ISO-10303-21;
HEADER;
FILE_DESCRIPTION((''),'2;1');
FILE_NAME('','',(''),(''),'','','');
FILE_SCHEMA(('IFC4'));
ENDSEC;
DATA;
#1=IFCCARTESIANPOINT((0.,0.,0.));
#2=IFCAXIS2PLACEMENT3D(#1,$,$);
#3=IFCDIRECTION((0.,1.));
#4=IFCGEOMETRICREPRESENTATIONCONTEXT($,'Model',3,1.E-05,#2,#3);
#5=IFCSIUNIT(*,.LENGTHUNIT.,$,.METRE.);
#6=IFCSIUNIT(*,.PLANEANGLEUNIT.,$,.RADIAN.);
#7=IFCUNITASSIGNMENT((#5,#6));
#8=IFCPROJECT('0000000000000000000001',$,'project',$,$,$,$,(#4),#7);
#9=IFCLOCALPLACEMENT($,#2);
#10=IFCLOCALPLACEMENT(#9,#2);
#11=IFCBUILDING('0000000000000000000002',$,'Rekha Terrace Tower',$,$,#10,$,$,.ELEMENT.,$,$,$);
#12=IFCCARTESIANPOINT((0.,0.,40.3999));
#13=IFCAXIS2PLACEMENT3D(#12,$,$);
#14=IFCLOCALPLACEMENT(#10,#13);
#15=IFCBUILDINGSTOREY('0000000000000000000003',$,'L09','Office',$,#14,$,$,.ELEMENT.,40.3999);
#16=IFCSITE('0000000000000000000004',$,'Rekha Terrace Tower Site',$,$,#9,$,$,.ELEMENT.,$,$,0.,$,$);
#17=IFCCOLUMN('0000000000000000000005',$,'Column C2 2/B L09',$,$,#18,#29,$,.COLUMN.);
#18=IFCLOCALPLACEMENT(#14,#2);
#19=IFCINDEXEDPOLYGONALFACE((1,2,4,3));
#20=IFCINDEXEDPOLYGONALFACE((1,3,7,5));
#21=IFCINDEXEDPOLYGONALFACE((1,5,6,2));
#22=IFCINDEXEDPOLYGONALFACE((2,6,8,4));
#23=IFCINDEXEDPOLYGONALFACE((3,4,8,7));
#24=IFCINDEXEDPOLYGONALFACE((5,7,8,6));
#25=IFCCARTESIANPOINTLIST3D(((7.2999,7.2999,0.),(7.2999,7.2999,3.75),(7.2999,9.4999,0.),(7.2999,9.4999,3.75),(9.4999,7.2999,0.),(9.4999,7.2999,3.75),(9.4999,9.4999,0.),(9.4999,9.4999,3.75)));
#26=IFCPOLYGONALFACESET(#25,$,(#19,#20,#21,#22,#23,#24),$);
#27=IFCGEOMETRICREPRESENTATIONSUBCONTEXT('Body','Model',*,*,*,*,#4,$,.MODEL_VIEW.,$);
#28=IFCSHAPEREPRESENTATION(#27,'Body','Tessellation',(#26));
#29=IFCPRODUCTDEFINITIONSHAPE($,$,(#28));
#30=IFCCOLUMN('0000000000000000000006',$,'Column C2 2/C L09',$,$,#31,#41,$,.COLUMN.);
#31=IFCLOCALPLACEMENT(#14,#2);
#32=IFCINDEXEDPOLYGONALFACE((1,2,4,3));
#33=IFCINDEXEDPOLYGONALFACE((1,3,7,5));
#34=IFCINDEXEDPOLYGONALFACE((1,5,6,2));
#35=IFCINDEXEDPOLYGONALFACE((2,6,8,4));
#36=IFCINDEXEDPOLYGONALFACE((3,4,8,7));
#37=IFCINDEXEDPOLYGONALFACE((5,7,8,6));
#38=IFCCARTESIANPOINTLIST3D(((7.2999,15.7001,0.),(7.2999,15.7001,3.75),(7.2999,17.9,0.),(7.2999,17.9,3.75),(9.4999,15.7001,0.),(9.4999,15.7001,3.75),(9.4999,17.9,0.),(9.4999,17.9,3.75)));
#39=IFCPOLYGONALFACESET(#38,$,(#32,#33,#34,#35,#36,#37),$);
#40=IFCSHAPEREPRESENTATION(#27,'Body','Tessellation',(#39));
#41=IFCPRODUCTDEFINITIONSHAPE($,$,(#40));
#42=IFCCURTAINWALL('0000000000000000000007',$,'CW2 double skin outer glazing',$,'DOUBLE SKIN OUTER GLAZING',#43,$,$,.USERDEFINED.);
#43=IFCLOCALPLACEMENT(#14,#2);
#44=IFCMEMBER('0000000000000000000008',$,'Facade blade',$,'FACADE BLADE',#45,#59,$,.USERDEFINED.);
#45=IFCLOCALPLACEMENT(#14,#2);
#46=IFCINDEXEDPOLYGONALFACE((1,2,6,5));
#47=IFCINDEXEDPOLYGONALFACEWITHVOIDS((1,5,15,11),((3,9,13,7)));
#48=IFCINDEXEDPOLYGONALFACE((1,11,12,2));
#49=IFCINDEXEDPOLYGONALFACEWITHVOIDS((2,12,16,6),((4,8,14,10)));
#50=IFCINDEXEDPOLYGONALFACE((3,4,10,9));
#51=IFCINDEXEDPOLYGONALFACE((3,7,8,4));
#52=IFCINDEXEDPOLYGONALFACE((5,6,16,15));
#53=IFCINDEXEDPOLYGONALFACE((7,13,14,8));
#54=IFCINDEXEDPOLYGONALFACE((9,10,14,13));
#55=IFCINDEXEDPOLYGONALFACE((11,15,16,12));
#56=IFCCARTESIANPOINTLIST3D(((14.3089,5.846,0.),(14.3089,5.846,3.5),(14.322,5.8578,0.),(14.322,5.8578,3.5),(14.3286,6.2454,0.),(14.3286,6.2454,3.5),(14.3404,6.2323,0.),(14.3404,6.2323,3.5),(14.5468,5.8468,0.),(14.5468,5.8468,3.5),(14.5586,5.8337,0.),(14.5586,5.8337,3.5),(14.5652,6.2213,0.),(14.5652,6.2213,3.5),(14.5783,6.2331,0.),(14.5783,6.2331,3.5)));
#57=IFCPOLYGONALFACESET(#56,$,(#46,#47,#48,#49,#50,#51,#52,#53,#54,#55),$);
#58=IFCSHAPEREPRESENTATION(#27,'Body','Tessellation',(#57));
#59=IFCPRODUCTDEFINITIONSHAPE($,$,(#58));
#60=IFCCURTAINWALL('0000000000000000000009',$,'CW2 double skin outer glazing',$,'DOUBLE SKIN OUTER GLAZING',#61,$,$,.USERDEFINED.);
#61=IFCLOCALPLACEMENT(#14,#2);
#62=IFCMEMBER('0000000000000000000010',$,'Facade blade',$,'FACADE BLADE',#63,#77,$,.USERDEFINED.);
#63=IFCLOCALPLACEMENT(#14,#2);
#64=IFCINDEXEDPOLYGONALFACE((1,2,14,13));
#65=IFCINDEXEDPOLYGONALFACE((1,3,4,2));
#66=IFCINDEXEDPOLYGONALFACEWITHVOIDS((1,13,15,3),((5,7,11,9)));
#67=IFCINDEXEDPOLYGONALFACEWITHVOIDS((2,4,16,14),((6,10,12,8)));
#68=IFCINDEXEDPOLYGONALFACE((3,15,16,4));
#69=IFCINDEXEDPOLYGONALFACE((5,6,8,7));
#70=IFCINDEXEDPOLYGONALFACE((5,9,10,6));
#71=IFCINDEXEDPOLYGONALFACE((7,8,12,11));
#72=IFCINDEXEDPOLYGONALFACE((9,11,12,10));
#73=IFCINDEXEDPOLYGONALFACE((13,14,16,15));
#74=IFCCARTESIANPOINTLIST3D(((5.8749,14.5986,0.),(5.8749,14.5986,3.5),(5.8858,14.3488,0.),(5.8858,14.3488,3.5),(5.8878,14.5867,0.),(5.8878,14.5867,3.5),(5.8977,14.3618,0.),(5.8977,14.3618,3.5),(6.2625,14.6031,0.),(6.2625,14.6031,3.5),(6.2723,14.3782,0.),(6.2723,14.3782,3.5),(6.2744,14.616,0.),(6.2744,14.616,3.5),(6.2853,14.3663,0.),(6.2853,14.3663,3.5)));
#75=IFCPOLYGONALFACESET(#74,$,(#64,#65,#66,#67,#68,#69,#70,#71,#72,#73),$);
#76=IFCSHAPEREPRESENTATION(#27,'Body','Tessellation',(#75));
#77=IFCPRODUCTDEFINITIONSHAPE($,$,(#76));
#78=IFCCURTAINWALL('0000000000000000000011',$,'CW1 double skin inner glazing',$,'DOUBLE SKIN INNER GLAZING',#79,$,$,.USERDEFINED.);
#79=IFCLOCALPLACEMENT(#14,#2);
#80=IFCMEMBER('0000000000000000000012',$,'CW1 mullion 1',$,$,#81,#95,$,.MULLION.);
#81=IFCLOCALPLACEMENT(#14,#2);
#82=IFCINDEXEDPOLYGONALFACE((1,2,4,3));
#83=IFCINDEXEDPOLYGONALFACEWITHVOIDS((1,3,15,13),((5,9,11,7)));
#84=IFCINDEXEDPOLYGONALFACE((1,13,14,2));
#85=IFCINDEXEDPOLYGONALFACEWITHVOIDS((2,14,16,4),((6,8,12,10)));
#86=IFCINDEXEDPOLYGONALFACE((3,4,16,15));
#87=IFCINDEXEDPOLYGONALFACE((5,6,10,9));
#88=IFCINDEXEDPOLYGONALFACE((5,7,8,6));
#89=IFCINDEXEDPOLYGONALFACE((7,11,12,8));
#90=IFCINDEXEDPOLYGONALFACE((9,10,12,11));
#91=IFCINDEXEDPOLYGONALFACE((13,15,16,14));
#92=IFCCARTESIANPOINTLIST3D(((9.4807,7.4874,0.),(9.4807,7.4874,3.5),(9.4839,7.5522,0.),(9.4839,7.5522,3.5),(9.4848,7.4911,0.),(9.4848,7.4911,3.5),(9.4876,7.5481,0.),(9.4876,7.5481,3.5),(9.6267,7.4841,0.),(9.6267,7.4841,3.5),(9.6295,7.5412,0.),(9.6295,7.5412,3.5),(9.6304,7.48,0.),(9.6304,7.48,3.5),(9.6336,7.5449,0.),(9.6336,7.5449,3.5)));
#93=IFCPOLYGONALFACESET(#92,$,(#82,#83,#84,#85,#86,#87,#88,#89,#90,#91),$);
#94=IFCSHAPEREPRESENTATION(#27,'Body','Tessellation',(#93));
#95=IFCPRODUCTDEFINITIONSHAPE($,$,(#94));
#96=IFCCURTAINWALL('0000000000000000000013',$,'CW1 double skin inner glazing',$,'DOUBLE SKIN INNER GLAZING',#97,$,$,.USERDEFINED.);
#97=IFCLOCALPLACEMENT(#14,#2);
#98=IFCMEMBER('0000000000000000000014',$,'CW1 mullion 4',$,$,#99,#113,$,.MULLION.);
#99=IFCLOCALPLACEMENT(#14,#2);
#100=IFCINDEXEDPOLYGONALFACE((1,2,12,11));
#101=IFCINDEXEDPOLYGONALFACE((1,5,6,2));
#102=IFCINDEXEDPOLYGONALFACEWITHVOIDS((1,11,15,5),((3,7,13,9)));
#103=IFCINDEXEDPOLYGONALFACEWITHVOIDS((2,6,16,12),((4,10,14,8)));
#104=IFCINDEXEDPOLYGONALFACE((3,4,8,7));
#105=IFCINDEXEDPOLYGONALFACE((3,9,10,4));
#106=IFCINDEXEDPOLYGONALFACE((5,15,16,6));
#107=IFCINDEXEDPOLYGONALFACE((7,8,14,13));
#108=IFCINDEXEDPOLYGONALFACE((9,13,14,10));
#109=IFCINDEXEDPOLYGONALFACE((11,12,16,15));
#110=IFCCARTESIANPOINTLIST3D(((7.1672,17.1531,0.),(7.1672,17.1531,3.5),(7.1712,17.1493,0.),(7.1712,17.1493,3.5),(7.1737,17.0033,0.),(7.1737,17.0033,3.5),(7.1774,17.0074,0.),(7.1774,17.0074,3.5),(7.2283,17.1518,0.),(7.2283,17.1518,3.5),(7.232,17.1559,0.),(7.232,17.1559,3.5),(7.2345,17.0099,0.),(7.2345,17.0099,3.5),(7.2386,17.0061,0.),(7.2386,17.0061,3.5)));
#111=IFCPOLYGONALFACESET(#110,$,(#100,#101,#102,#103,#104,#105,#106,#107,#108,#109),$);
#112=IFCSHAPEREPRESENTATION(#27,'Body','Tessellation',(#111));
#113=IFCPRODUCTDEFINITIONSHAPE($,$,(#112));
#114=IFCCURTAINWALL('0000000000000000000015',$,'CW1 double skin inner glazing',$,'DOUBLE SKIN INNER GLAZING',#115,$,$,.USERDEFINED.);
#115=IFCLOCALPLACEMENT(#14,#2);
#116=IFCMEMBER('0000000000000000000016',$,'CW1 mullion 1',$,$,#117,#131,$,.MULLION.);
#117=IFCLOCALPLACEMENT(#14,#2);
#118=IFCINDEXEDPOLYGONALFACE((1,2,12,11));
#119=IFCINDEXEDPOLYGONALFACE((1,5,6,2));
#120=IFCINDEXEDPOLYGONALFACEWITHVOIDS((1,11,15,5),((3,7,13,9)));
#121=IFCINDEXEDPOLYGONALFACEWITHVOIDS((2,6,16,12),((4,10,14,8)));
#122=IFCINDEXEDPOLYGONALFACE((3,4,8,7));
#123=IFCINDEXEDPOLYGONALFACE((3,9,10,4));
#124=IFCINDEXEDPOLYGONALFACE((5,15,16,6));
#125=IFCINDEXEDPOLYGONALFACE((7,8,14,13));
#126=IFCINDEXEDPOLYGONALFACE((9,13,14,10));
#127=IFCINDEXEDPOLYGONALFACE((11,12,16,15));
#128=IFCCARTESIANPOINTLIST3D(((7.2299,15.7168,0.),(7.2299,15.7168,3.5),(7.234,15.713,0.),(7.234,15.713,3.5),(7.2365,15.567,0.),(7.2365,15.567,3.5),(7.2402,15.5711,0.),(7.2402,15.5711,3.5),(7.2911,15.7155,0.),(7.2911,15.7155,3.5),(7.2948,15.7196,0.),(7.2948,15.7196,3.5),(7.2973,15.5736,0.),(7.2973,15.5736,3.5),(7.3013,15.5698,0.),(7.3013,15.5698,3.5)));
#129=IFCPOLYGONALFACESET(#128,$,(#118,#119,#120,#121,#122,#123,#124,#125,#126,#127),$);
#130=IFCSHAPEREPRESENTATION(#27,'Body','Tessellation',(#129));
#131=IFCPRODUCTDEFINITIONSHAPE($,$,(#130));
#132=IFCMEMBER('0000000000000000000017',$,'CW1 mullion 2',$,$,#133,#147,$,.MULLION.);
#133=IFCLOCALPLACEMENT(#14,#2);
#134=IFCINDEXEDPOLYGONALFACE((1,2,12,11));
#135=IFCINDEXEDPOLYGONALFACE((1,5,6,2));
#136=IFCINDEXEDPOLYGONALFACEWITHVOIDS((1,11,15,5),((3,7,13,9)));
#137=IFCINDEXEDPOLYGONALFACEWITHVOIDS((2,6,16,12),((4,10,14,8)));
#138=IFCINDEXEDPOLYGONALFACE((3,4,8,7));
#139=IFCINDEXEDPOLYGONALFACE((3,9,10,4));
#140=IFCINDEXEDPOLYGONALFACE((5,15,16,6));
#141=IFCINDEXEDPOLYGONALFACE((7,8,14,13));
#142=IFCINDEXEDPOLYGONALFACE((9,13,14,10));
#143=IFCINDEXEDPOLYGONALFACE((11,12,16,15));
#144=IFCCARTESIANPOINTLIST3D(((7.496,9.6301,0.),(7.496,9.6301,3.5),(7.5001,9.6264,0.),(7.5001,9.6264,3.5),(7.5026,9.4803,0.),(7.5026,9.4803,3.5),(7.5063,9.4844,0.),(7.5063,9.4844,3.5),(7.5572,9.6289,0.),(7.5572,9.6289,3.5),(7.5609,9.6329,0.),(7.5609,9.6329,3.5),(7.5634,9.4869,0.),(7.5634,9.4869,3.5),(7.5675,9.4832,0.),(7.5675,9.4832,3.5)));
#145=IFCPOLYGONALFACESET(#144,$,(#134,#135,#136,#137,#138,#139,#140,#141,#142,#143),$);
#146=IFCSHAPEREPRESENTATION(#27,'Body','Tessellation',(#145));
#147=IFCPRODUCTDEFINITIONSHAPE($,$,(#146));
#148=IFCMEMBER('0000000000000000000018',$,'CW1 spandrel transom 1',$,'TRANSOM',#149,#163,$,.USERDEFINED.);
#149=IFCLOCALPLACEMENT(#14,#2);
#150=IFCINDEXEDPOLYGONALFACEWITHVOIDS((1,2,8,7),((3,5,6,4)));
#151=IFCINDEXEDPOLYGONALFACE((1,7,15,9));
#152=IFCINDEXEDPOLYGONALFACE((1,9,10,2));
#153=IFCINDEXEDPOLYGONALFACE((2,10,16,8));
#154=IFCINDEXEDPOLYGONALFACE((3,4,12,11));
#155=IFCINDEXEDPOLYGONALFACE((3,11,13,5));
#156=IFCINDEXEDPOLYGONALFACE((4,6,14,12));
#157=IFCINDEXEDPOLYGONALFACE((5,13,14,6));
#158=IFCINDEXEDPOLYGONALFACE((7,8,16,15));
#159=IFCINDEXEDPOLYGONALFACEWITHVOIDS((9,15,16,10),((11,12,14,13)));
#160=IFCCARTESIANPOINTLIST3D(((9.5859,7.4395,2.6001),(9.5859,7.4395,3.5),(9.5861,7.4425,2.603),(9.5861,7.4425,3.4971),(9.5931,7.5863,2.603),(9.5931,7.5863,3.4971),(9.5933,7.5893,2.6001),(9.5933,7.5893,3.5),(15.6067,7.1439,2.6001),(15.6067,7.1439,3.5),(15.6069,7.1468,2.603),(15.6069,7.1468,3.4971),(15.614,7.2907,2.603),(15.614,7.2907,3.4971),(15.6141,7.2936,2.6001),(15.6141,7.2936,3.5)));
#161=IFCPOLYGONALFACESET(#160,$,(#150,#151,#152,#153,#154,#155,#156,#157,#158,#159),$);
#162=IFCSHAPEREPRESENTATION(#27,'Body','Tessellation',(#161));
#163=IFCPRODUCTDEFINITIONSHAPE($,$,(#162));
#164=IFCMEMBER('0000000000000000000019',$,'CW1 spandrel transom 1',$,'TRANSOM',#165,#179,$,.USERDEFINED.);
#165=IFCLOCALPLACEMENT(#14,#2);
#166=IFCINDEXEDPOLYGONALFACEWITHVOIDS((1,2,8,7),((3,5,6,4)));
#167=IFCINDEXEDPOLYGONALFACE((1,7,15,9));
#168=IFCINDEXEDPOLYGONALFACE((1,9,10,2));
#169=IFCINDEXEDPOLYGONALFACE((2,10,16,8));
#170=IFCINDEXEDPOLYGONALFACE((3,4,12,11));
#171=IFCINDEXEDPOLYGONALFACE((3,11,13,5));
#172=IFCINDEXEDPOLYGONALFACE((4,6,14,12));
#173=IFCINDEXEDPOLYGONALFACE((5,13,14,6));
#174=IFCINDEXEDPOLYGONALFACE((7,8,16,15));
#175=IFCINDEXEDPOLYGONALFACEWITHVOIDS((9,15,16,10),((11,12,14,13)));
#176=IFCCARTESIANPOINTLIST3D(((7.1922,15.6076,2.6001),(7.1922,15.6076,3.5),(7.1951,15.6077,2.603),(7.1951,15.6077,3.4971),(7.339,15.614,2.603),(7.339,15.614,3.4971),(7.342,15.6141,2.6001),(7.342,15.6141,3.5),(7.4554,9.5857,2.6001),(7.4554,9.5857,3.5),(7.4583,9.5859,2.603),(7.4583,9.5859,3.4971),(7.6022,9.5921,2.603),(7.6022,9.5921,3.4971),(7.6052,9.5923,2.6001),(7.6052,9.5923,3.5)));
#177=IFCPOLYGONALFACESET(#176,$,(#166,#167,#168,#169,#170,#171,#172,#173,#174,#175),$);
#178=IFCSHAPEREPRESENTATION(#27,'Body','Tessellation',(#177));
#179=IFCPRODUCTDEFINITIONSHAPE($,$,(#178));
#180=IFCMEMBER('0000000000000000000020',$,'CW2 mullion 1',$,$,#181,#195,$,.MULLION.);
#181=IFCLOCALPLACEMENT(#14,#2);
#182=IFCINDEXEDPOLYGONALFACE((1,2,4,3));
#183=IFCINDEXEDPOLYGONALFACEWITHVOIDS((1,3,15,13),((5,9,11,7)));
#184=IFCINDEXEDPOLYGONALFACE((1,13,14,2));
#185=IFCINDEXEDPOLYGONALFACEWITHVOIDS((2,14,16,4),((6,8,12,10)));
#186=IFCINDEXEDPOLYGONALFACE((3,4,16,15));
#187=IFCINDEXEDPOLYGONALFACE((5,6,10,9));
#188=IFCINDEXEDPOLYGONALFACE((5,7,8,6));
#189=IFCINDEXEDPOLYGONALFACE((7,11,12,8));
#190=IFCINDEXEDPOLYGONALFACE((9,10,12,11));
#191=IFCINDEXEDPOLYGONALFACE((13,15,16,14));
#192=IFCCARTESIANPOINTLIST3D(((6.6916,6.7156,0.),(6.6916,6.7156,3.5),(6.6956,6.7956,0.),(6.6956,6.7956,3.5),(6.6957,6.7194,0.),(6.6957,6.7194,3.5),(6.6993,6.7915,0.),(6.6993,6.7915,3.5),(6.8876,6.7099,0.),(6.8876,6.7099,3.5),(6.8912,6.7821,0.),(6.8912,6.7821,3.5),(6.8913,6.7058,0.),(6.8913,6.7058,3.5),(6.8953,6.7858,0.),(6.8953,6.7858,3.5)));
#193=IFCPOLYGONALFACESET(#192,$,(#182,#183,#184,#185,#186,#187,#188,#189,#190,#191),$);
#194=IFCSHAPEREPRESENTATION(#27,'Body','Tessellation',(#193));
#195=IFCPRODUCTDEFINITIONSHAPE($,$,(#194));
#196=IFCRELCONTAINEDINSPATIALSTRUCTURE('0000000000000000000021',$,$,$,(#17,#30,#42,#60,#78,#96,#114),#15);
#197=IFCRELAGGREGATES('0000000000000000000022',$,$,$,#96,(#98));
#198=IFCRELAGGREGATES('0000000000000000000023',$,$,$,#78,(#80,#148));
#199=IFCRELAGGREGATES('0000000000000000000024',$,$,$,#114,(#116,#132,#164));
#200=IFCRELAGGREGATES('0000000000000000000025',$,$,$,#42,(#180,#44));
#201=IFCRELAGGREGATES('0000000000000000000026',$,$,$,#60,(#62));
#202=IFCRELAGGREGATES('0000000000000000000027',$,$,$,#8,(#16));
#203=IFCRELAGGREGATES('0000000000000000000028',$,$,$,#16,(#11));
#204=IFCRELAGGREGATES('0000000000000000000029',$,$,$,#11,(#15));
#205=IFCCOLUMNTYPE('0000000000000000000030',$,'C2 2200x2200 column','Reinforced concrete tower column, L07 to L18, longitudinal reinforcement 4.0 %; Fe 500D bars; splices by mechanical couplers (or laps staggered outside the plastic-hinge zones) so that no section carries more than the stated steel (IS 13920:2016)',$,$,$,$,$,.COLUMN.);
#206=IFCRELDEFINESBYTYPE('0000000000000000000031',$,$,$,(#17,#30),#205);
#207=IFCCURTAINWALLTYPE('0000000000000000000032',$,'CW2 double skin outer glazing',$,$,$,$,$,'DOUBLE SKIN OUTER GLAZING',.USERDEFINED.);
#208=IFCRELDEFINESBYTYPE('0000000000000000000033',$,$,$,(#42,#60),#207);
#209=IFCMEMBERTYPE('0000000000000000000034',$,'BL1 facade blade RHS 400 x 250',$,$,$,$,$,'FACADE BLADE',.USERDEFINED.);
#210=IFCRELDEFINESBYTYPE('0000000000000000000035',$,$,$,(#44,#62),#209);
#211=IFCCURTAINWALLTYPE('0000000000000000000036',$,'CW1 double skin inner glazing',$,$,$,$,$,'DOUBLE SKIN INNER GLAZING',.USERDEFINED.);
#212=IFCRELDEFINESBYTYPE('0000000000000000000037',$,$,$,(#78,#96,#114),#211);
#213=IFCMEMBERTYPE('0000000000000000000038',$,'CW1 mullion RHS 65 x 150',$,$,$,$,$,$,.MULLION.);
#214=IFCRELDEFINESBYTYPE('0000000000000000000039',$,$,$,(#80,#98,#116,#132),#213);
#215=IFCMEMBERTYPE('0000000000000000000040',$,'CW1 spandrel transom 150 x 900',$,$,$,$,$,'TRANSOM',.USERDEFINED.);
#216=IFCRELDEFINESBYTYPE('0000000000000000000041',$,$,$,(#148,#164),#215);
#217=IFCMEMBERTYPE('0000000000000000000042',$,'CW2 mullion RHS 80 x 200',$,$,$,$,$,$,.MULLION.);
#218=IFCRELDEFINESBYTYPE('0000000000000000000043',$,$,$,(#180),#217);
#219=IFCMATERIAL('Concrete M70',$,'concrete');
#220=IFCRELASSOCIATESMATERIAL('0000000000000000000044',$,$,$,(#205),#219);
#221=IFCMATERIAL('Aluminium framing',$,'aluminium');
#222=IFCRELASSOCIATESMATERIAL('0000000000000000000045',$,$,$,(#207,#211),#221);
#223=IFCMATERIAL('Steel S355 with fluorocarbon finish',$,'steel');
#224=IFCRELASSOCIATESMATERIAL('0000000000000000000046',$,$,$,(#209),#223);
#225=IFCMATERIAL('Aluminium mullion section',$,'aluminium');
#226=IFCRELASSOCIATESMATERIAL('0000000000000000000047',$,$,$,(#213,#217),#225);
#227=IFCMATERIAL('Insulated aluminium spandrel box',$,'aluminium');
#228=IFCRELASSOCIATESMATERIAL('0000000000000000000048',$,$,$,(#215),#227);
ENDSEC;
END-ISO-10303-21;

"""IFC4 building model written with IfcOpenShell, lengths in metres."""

from ifc_helpers import new_model, si_unit, direction, frame, origin, origin_2d, place, context, subcontext, project, spatial, rectangle, hollow_rectangle, extrude, material, material_profile, profile_set, type_object, element, aggregate, save


model = new_model("IFC4")

# Units and contexts
model_context = context("Model", 3, precision=1e-05, world=origin(), true_north=direction((0.0, 1.0)))
body_context = subcontext(model_context, "Body", "Model", "MODEL_VIEW")
ifc_project = project(units=[si_unit("LENGTHUNIT", "METRE"), si_unit("PLANEANGLEUNIT", "RADIAN")], contexts=[model_context])

# Site, building, storey
site_placement = place(None, origin())
site = spatial("IfcSite", under=ifc_project, at=site_placement, Name="Rekha Terrace Tower Site", CompositionType="ELEMENT", RefElevation=0.0)
building_placement = place(site_placement, origin())
building = spatial("IfcBuilding", under=site, at=building_placement, Name="Rekha Terrace Tower", CompositionType="ELEMENT")
storey_placement = place(building_placement, frame((0.0, 0.0, 40.3999)))
storey = spatial("IfcBuildingStorey", under=building, at=storey_placement, Name="L09", Description="Office", CompositionType="ELEMENT", Elevation=40.3999)

# Columns
ifc_material_1 = material(Name="Concrete M70", Category="concrete")
ifc_material_profile_1 = material_profile(ifc_material_1, rectangle(XDim=2.2, YDim=2.2, at=origin_2d()), Name="RC 2200x2200")
ifc_profile_set_1 = profile_set([ifc_material_profile_1], Name="Concrete M70")
column_type = type_object("IfcColumnType", Name="C2 2200x2200 column", Description="Reinforced concrete tower column, L07 to L18, longitudinal reinforcement 4.0 %; Fe 500D bars; splices by mechanical couplers (or laps staggered outside the plastic-hinge zones) so that no section carries more than the stated steel (IS 13920:2016)", PredefinedType="COLUMN", material=ifc_profile_set_1)
for number, where, z_axis, x_axis, name in (
    (1, (8.3999, 8.3999, 0.0), (0.0, 0.0, 1.0), (1.0, 0.0, 0.0), "Column C2 2/B L09"),
    (2, (8.3999, 16.8, 0.0), (0.0, 0.0, 1.0), (1.0, 0.0, 0.0), "Column C2 2/C L09"),
):
    element("IfcColumn", number, at=place(storey_placement, frame(where, z_axis=z_axis, x_axis=x_axis)), inside=storey, type_object=column_type, Name=name, PredefinedType="COLUMN", context=body_context, shape_type="SweptSolid", body=[
        extrude(rectangle(XDim=2.2, YDim=2.2, at=origin_2d()), origin(), (0.0, 0.0, 1.0), 3.75),
    ])

# Curtain walls, members
ifc_material_2 = material(Name="Aluminium framing", Category="aluminium")
curtain_wall_type_1 = type_object("IfcCurtainWallType", Name="CW2 double skin outer glazing", ElementType="DOUBLE SKIN OUTER GLAZING", PredefinedType="USERDEFINED", material=ifc_material_2)
curtain_wall_1_placement = place(storey_placement, origin())
curtain_wall_1 = element("IfcCurtainWall", 3, at=curtain_wall_1_placement, inside=storey, type_object=curtain_wall_type_1, Name="CW2 double skin outer glazing", ObjectType="DOUBLE SKIN OUTER GLAZING", PredefinedType="USERDEFINED")
ifc_material_3 = material(Name="Steel S355 with fluorocarbon finish", Category="steel")
ifc_material_profile_2 = material_profile(ifc_material_3, hollow_rectangle(XDim=0.25, YDim=0.3999, WallThickness=0.0125, at=origin_2d()), Name="RHS400x250x12.5")
ifc_profile_set_2 = profile_set([ifc_material_profile_2], Name="Steel S355 with fluorocarbon finish")
member_type_1 = type_object("IfcMemberType", Name="BL1 facade blade RHS 400 x 250", ElementType="FACADE BLADE", PredefinedType="USERDEFINED", material=ifc_profile_set_2)
member_1_placement = place(storey_placement, frame((14.4436, 6.0396, 0.0), z_axis=(0.0, 0.0, 1.0), x_axis=(0.998796, -0.049052, 0.0)))
member_1 = element("IfcMember", 4, at=member_1_placement, type_object=member_type_1, Name="Facade blade", ObjectType="FACADE BLADE", PredefinedType="USERDEFINED", context=body_context, shape_type="SweptSolid", body=[
    extrude(hollow_rectangle(XDim=0.25, YDim=0.3999, WallThickness=0.0125, at=origin_2d()), origin(), (0.0, 0.0, 1.0), 3.5),
])
curtain_wall_2_placement = place(storey_placement, origin())
curtain_wall_2 = element("IfcCurtainWall", 5, at=curtain_wall_2_placement, inside=storey, type_object=curtain_wall_type_1, Name="CW2 double skin outer glazing", ObjectType="DOUBLE SKIN OUTER GLAZING", PredefinedType="USERDEFINED")
member_2_placement = place(storey_placement, frame((6.0801, 14.4824, 0.0), z_axis=(0.0, 0.0, 1.0), x_axis=(0.043682, -0.999045, 0.0)))
member_2 = element("IfcMember", 6, at=member_2_placement, type_object=member_type_1, Name="Facade blade", ObjectType="FACADE BLADE", PredefinedType="USERDEFINED", context=body_context, shape_type="SweptSolid", body=[
    extrude(hollow_rectangle(XDim=0.25, YDim=0.3999, WallThickness=0.0125, at=origin_2d()), origin(), (0.0, 0.0, 1.0), 3.5),
])
curtain_wall_type_2 = type_object("IfcCurtainWallType", Name="CW1 double skin inner glazing", ElementType="DOUBLE SKIN INNER GLAZING", PredefinedType="USERDEFINED", material=ifc_material_2)
curtain_wall_3_placement = place(storey_placement, origin())
curtain_wall_3 = element("IfcCurtainWall", 7, at=curtain_wall_3_placement, inside=storey, type_object=curtain_wall_type_2, Name="CW1 double skin inner glazing", ObjectType="DOUBLE SKIN INNER GLAZING", PredefinedType="USERDEFINED")
ifc_material_4 = material(Name="Aluminium mullion section", Category="aluminium")
ifc_material_profile_3 = material_profile(ifc_material_4, hollow_rectangle(XDim=0.0649, YDim=0.1499, WallThickness=0.0039, at=origin_2d()), Name="AL RHS 65x150")
ifc_profile_set_3 = profile_set([ifc_material_profile_3], Name="Aluminium mullion section")
member_type_2 = type_object("IfcMemberType", Name="CW1 mullion RHS 65 x 150", PredefinedType="MULLION", material=ifc_profile_set_3)
member_3_placement = place(storey_placement, frame((9.5571, 7.5161, 0.0), z_axis=(0.0, 0.0, 1.0), x_axis=(0.049052, 0.998796, 0.0)))
member_3 = element("IfcMember", 8, at=member_3_placement, type_object=member_type_2, Name="CW1 mullion 1", PredefinedType="MULLION", context=body_context, shape_type="SweptSolid", body=[
    extrude(hollow_rectangle(XDim=0.0649, YDim=0.1499, WallThickness=0.0039, at=origin_2d()), origin(), (0.0, 0.0, 1.0), 3.5),
])
curtain_wall_4_placement = place(storey_placement, origin())
curtain_wall_4 = element("IfcCurtainWall", 9, at=curtain_wall_4_placement, inside=storey, type_object=curtain_wall_type_2, Name="CW1 double skin inner glazing", ObjectType="DOUBLE SKIN INNER GLAZING", PredefinedType="USERDEFINED")
member_4_placement = place(storey_placement, frame((7.2029, 17.0796, 0.0), z_axis=(0.0, 0.0, 1.0), x_axis=(0.999045, 0.043683, 0.0)))
member_4 = element("IfcMember", 10, at=member_4_placement, type_object=member_type_2, Name="CW1 mullion 4", PredefinedType="MULLION", context=body_context, shape_type="SweptSolid", body=[
    extrude(hollow_rectangle(XDim=0.0649, YDim=0.1499, WallThickness=0.0039, at=origin_2d()), origin(), (0.0, 0.0, 1.0), 3.5),
])
aggregate(curtain_wall_4, [member_4])

# Curtain wall, members
curtain_wall_5_placement = place(storey_placement, origin())
curtain_wall_5 = element("IfcCurtainWall", 11, at=curtain_wall_5_placement, inside=storey, type_object=curtain_wall_type_2, Name="CW1 double skin inner glazing", ObjectType="DOUBLE SKIN INNER GLAZING", PredefinedType="USERDEFINED")
member_5_placement = place(storey_placement, frame((7.2656, 15.6433, 0.0), z_axis=(0.0, 0.0, 1.0), x_axis=(0.999045, 0.043683, 0.0)))
member_5 = element("IfcMember", 12, at=member_5_placement, type_object=member_type_2, Name="CW1 mullion 1", PredefinedType="MULLION", context=body_context, shape_type="SweptSolid", body=[
    extrude(hollow_rectangle(XDim=0.0649, YDim=0.1499, WallThickness=0.0039, at=origin_2d()), origin(), (0.0, 0.0, 1.0), 3.5),
])
member_6_placement = place(storey_placement, frame((7.5317, 9.5566, 0.0), z_axis=(0.0, 0.0, 1.0), x_axis=(0.999045, 0.043683, 0.0)))
member_6 = element("IfcMember", 13, at=member_6_placement, type_object=member_type_2, Name="CW1 mullion 2", PredefinedType="MULLION", context=body_context, shape_type="SweptSolid", body=[
    extrude(hollow_rectangle(XDim=0.0649, YDim=0.1499, WallThickness=0.0039, at=origin_2d()), origin(), (0.0, 0.0, 1.0), 3.5),
])

# Members
ifc_material_5 = material(Name="Insulated aluminium spandrel box", Category="aluminium")
ifc_material_profile_4 = material_profile(ifc_material_5, hollow_rectangle(XDim=0.1499, YDim=0.8999, WallThickness=0.0029, at=origin_2d()), Name="AL SPANDREL BOX 150x900")
ifc_profile_set_4 = profile_set([ifc_material_profile_4], Name="Insulated aluminium spandrel box")
member_type_3 = type_object("IfcMemberType", Name="CW1 spandrel transom 150 x 900", ElementType="TRANSOM", PredefinedType="USERDEFINED", material=ifc_profile_set_4)
member_7_placement = place(storey_placement, frame((9.5896, 7.5144, 3.05), z_axis=(0.998796, -0.049047, 0.0), x_axis=(0.049047, 0.998796, 0.0)))
member_7 = element("IfcMember", 14, at=member_7_placement, type_object=member_type_3, Name="CW1 spandrel transom 1", ObjectType="TRANSOM", PredefinedType="USERDEFINED", context=body_context, shape_type="SweptSolid", body=[
    extrude(hollow_rectangle(XDim=0.1499, YDim=0.8999, WallThickness=0.0029, at=origin_2d()), origin(), (0.0, 0.0, 1.0), 6.0281),
])
member_8_placement = place(storey_placement, frame((7.2671, 15.6108, 3.05), z_axis=(0.043664, -0.999046, 0.0), x_axis=(0.999046, 0.043664, 0.0)))
member_8 = element("IfcMember", 15, at=member_8_placement, type_object=member_type_3, Name="CW1 spandrel transom 1", ObjectType="TRANSOM", PredefinedType="USERDEFINED", context=body_context, shape_type="SweptSolid", body=[
    extrude(hollow_rectangle(XDim=0.1499, YDim=0.8999, WallThickness=0.0029, at=origin_2d()), origin(), (0.0, 0.0, 1.0), 6.0276),
])
ifc_material_profile_5 = material_profile(ifc_material_4, hollow_rectangle(XDim=0.0801, YDim=0.2, WallThickness=0.0039, at=origin_2d()), Name="AL RHS 80x200")
ifc_profile_set_5 = profile_set([ifc_material_profile_5], Name="Aluminium mullion section")
member_type_4 = type_object("IfcMemberType", Name="CW2 mullion RHS 80 x 200", PredefinedType="MULLION", material=ifc_profile_set_5)
member_9_placement = place(storey_placement, frame((6.7935, 6.7507, 0.0), z_axis=(0.0, 0.0, 1.0), x_axis=(0.049052, 0.998796, 0.0)))
member_9 = element("IfcMember", 16, at=member_9_placement, type_object=member_type_4, Name="CW2 mullion 1", PredefinedType="MULLION", context=body_context, shape_type="SweptSolid", body=[
    extrude(hollow_rectangle(XDim=0.0801, YDim=0.2, WallThickness=0.0039, at=origin_2d()), origin(), (0.0, 0.0, 1.0), 3.5),
])

aggregate(curtain_wall_3, [member_3, member_7])
aggregate(curtain_wall_5, [member_5, member_6, member_8])
aggregate(curtain_wall_1, [member_9, member_1])
aggregate(curtain_wall_2, [member_2])

save(model, "model.ifc")
